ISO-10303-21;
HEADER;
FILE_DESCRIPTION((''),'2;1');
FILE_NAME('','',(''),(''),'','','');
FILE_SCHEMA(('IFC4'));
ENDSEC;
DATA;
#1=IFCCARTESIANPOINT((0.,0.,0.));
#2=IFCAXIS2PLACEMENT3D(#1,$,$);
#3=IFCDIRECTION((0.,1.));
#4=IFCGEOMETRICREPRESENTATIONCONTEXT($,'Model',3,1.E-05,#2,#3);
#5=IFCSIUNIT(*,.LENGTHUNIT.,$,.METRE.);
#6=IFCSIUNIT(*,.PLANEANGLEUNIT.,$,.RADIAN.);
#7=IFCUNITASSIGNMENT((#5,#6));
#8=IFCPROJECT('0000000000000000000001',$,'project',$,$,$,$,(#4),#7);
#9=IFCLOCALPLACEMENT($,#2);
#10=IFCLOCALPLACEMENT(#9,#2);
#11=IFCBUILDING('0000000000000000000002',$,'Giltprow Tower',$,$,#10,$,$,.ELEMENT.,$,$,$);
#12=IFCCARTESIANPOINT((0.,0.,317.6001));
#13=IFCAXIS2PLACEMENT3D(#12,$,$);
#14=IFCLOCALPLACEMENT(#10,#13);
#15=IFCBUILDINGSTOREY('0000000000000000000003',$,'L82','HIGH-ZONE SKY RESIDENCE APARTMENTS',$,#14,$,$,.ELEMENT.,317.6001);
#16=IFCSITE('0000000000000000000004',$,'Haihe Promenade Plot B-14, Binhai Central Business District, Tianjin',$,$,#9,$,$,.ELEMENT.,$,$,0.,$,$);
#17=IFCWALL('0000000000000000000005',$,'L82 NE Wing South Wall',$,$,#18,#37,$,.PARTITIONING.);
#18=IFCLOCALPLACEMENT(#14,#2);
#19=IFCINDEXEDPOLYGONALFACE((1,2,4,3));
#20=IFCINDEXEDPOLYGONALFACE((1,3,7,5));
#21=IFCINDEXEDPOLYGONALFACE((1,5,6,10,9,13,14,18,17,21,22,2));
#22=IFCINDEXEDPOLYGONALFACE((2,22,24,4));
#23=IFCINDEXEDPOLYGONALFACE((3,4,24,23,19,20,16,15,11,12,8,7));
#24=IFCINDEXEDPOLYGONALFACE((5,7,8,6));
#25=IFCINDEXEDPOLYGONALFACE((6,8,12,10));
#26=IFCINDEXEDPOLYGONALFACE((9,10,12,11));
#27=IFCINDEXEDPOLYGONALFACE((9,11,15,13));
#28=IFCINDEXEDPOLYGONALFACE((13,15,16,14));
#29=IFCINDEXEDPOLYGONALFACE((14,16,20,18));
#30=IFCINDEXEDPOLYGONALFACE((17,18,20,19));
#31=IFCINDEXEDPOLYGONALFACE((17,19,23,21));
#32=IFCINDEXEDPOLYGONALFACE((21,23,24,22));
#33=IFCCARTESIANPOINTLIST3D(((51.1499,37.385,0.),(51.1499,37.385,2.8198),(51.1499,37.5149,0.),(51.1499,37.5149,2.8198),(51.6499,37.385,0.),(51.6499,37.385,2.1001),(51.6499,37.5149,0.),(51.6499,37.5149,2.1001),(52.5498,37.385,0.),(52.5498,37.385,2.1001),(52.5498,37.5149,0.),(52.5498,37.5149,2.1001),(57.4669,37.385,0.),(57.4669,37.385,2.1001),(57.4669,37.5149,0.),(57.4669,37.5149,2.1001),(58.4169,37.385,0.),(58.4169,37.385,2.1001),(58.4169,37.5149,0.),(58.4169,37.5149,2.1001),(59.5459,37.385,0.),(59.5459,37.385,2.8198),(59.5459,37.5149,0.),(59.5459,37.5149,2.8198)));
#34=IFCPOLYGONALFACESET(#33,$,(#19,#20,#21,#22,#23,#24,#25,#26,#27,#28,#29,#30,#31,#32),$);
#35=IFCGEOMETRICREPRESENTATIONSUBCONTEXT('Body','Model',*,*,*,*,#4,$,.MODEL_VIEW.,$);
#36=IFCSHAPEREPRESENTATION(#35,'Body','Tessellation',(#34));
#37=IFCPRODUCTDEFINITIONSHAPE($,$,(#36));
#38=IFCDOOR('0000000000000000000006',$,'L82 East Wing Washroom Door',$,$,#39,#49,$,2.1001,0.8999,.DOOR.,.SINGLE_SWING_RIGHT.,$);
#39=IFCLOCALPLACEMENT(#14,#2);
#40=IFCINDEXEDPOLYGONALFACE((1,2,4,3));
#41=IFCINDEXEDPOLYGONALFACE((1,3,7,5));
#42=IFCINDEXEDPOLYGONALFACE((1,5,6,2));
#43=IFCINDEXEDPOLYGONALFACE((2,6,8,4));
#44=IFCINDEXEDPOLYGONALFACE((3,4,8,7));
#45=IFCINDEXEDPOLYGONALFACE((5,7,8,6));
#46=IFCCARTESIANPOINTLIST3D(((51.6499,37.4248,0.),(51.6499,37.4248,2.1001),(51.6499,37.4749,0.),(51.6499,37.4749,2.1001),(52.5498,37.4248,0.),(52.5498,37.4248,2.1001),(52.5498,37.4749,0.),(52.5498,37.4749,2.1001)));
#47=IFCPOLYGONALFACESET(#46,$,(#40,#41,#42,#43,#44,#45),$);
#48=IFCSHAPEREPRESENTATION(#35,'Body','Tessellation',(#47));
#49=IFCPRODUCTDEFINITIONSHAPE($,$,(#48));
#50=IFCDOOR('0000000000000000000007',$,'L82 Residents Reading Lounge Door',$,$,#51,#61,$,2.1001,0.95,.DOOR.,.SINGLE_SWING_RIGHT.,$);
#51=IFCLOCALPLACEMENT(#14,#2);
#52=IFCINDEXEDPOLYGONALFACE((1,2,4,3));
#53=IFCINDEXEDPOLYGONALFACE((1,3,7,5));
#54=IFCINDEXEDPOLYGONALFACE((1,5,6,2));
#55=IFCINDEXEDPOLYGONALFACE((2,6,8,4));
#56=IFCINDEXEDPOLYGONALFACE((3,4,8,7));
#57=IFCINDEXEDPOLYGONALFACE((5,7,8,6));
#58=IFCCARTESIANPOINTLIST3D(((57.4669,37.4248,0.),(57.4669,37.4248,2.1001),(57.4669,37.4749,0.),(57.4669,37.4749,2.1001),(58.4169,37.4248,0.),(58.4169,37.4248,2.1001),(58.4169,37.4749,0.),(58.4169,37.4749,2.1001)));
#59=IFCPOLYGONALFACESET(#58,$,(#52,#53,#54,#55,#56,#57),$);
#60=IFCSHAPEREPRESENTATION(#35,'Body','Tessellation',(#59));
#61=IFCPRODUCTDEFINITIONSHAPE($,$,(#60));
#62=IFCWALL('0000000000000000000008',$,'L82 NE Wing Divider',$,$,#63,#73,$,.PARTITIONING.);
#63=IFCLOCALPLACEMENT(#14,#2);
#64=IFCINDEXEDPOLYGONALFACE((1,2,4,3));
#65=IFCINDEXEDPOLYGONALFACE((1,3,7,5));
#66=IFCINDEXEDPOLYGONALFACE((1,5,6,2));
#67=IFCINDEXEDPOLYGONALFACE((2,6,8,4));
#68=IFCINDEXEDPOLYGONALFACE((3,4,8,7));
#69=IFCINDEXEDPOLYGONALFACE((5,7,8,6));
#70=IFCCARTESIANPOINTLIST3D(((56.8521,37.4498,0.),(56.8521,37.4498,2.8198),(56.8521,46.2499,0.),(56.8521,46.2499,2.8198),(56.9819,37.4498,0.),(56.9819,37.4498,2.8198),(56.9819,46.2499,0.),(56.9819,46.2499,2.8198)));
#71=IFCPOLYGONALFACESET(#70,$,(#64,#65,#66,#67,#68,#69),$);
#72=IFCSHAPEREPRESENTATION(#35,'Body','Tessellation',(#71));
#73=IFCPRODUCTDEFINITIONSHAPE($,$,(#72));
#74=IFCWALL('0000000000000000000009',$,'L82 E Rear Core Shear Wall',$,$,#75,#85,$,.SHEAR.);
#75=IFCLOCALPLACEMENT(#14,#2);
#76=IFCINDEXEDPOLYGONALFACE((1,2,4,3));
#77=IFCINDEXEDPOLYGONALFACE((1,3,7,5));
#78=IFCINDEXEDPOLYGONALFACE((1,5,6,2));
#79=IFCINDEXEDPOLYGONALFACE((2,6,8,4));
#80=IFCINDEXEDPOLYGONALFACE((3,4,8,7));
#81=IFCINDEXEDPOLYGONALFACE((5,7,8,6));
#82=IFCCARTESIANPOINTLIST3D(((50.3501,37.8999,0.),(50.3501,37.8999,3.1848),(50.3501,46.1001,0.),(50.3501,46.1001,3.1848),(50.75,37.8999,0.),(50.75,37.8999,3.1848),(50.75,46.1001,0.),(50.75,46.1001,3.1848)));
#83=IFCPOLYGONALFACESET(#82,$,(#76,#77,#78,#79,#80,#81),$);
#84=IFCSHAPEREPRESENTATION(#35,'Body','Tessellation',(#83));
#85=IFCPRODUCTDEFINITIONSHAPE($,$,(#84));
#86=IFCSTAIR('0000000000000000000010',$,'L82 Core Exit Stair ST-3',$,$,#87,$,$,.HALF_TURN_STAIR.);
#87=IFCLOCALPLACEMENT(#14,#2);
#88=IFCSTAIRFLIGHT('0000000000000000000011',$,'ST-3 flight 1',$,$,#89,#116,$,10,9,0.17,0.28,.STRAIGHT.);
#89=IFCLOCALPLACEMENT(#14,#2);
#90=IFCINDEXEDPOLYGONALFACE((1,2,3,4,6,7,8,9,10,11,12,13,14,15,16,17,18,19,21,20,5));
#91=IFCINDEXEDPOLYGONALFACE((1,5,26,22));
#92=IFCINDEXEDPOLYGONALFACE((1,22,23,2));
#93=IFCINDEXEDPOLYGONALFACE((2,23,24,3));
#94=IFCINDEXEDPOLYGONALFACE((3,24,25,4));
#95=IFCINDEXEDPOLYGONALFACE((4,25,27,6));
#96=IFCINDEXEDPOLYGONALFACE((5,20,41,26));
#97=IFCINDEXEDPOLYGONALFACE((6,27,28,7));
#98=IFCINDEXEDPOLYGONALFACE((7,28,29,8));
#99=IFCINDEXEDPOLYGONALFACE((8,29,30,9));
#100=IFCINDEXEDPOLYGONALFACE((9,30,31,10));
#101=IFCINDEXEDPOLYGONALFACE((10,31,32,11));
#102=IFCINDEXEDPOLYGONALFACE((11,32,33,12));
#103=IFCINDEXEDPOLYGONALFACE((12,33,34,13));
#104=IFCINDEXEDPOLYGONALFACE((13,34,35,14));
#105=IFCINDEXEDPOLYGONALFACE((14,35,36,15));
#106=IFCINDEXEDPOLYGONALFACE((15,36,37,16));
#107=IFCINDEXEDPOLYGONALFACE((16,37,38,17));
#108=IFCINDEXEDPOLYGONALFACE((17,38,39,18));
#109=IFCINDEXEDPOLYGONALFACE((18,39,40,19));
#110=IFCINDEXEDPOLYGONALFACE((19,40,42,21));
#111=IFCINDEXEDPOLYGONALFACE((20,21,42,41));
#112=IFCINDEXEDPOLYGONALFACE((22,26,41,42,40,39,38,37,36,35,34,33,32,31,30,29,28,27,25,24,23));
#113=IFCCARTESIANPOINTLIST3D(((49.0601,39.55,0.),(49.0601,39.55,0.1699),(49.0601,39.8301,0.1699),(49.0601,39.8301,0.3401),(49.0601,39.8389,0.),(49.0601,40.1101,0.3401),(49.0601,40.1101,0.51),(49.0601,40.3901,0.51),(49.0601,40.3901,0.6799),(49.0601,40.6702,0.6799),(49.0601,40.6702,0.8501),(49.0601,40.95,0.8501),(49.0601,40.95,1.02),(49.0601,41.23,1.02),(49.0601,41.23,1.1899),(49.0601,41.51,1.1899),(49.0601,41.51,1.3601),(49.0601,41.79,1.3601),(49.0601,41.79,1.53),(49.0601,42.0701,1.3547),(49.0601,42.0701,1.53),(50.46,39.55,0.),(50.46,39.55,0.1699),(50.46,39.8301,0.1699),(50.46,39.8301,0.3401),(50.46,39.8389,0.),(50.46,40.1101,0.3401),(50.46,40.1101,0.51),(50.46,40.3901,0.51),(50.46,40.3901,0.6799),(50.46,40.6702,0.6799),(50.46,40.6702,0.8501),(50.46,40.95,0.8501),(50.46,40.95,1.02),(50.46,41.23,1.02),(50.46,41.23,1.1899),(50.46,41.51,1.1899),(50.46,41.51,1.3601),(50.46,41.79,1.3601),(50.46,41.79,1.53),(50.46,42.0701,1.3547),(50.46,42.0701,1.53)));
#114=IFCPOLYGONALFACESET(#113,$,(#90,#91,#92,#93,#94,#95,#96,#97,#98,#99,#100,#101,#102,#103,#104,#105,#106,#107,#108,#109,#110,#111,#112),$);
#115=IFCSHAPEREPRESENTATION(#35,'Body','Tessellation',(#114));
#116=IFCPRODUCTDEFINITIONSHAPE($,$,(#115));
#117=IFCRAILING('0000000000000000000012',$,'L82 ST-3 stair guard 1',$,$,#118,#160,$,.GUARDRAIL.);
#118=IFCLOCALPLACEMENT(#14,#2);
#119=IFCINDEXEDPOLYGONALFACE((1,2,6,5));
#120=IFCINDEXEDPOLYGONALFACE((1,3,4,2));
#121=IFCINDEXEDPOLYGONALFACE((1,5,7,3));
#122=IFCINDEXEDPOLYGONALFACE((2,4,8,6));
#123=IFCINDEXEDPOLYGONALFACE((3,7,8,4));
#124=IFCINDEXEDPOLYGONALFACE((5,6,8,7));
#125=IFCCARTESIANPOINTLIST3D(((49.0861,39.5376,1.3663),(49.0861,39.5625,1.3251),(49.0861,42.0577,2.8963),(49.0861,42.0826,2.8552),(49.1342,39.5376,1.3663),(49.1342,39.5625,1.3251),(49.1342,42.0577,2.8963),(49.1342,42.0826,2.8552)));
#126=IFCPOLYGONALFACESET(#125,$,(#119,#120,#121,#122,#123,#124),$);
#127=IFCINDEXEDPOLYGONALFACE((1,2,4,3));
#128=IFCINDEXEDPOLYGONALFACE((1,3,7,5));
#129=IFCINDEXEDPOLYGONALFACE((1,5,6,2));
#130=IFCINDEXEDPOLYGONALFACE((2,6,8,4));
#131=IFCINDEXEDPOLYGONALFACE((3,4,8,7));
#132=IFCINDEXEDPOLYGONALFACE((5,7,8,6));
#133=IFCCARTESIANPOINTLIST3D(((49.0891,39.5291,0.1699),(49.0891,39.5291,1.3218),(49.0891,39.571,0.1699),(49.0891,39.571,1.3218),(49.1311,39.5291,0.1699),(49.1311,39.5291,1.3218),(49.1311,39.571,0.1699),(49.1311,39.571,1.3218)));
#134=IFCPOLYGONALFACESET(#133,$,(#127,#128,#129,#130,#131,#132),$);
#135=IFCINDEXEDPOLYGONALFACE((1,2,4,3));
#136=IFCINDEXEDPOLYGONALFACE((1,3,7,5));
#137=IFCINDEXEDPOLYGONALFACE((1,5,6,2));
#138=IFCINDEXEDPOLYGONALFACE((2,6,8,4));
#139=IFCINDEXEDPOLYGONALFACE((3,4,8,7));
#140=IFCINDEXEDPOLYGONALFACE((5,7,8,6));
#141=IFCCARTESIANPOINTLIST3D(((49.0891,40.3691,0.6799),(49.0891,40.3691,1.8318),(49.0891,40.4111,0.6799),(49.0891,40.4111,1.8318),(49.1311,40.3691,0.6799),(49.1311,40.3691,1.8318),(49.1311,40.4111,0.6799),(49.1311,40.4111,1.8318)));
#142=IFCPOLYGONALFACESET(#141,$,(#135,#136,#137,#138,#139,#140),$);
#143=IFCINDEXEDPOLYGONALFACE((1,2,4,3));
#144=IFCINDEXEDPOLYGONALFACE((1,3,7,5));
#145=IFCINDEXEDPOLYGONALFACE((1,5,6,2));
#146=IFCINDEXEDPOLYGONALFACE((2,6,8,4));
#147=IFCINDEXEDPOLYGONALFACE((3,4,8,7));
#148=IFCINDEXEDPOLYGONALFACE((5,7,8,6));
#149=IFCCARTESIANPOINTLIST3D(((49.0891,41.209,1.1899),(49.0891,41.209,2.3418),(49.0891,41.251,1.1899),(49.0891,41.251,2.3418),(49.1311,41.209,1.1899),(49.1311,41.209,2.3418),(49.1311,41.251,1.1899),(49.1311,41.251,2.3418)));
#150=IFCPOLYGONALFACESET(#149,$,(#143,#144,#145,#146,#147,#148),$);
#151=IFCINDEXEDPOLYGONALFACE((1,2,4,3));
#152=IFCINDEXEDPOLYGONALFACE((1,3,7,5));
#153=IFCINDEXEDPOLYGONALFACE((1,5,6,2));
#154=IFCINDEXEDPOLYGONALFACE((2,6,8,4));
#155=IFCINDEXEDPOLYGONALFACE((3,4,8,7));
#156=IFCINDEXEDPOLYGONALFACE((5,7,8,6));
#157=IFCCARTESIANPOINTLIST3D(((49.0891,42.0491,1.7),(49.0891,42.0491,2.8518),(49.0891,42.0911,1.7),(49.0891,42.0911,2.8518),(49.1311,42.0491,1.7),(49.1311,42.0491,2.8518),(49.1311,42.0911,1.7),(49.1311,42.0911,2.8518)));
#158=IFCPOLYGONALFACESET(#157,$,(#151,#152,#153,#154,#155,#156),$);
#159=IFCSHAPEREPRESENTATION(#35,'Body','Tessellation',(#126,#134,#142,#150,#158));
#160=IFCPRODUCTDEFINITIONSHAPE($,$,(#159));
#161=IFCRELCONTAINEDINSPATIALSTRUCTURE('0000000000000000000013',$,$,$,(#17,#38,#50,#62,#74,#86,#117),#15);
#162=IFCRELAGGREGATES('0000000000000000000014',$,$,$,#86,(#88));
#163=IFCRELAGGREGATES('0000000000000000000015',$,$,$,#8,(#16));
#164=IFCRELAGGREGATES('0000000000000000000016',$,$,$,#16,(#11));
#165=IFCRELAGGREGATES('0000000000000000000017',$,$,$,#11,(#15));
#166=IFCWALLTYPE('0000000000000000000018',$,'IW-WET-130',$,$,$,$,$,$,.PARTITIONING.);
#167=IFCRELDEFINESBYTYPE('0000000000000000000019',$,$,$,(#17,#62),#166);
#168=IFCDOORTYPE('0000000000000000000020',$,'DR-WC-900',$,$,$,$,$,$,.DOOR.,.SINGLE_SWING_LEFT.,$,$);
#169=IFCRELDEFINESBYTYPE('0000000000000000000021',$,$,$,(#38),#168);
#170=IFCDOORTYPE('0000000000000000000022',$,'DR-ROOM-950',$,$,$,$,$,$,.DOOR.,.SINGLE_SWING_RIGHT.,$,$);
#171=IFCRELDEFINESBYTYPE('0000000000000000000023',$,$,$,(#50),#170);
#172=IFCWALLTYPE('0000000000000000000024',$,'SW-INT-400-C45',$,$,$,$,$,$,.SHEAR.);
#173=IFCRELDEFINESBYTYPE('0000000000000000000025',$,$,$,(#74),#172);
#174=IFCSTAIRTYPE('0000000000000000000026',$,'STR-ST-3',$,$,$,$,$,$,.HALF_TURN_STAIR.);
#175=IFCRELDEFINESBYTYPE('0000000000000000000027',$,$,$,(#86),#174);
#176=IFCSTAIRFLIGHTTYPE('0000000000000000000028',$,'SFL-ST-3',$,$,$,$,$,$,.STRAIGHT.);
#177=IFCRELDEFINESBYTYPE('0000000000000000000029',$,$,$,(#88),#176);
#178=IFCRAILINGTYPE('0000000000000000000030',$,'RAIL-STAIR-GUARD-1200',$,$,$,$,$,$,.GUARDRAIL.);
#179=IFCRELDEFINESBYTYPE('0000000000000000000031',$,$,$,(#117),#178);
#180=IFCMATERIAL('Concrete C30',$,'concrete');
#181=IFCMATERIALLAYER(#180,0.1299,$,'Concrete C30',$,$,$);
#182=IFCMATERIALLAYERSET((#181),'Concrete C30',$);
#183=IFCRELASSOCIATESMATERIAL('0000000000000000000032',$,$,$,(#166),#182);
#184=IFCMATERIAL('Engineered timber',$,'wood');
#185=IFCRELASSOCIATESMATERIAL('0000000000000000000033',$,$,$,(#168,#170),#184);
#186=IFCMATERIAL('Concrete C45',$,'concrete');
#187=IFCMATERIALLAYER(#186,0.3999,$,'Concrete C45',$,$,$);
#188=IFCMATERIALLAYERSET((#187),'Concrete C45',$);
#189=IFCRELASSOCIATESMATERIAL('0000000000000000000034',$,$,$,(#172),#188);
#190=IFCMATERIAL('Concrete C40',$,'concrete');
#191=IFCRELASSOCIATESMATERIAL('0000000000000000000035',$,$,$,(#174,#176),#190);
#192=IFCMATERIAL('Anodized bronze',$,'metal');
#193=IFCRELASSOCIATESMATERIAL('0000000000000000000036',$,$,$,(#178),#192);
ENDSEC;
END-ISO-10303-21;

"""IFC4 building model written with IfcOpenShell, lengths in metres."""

from ifc_helpers import new_model, si_unit, direction, frame, frame_2d, origin, origin_2d, place, context, subcontext, project, spatial, polyline, rectangle, outline, extrude, source, transform, mapped, material, layer, layer_set, type_object, element, fill, aggregate, save


model = new_model("IFC4")

# Units and contexts
model_context = context("Model", 3, precision=1e-05, world=origin(), true_north=direction((0.0, 1.0)))
body_context = subcontext(model_context, "Body", "Model", "MODEL_VIEW")
ifc_project = project(units=[si_unit("LENGTHUNIT", "METRE"), si_unit("PLANEANGLEUNIT", "RADIAN")], contexts=[model_context])

# Site, building, storey
site_placement = place(None, origin())
site = spatial("IfcSite", under=ifc_project, at=site_placement, Name="Haihe Promenade Plot B-14, Binhai Central Business District, Tianjin", CompositionType="ELEMENT", RefElevation=0.0)
building_placement = place(site_placement, origin())
building = spatial("IfcBuilding", under=site, at=building_placement, Name="Giltprow Tower", CompositionType="ELEMENT")
storey_placement = place(building_placement, frame((0.0, 0.0, 317.6001)))
storey = spatial("IfcBuildingStorey", under=building, at=storey_placement, Name="L82", Description="HIGH-ZONE SKY RESIDENCE APARTMENTS", CompositionType="ELEMENT", Elevation=317.6001)

# Shared definitions
ifc_material_1 = material(Name="Concrete C45", Category="concrete")

# Wall, openings, doors
ifc_material_2 = material(Name="Concrete C30", Category="concrete")
ifc_layer_1 = layer(ifc_material_2, 0.1299, Name="Concrete C30")
ifc_layer_set_1 = layer_set([ifc_layer_1], Name="Concrete C30")
wall_type_1 = type_object("IfcWallType", Name="IW-WET-130", PredefinedType="PARTITIONING", material=ifc_layer_set_1)
wall_1_placement = place(storey_placement, frame((51.1499, 37.45, 0.0), z_axis=(0.0, 0.0, 1.0), x_axis=(1.0, 0.0, 0.0)))
wall_1 = element("IfcWall", 1, at=wall_1_placement, inside=storey, type_object=wall_type_1, Name="L82 NE Wing South Wall", PredefinedType="PARTITIONING", context=body_context, shape_type="SweptSolid", body=[
    extrude(rectangle(XDim=8.396, YDim=0.1299, at=frame_2d((4.198, 0.0))), origin(), (0.0, 0.0, 1.0), 2.8198),
])
opening_1_placement = place(wall_1_placement, frame((0.5, 0.0, 0.0)))
opening_1 = element("IfcOpeningElement", 2, at=opening_1_placement, cuts=wall_1, PredefinedType="OPENING", context=body_context, shape_type="SweptSolid", body=[
    extrude(rectangle(XDim=0.8999, YDim=2.1001, at=frame_2d((0.45, 1.05))), frame((0.0, 0.075, 0.0), z_axis=(0.0, -1.0, 0.0), x_axis=(1.0, 0.0, 0.0)), (0.0, 0.0, 1.0), 0.1499),
])
opening_2_placement = place(wall_1_placement, frame((6.3169, 0.0, 0.0)))
opening_2 = element("IfcOpeningElement", 3, at=opening_2_placement, cuts=wall_1, PredefinedType="OPENING", context=body_context, shape_type="SweptSolid", body=[
    extrude(rectangle(XDim=0.95, YDim=2.1001, at=frame_2d((0.4751, 1.05))), frame((0.0, 0.075, 0.0), z_axis=(0.0, -1.0, 0.0), x_axis=(1.0, 0.0, 0.0)), (0.0, 0.0, 1.0), 0.1499),
])
ifc_material_3 = material(Name="Engineered timber", Category="wood")
door_type_1 = type_object("IfcDoorType", Name="DR-WC-900", OperationType="SINGLE_SWING_LEFT", PredefinedType="DOOR", material=ifc_material_3)
shared_shape_1 = source(origin(), body_context, "Body", "SweptSolid", [
    extrude(rectangle(XDim=0.8999, YDim=2.1001, at=frame_2d((0.45, 1.05))), frame((0.0, 0.0249, 0.0), z_axis=(0.0, -1.0, 0.0), x_axis=(1.0, 0.0, 0.0)), (0.0, 0.0, 1.0), 0.05),
])
door_1_placement = place(opening_1_placement, origin())
door_1 = element("IfcDoor", 4, at=door_1_placement, inside=storey, type_object=door_type_1, Name="L82 East Wing Washroom Door", OperationType="SINGLE_SWING_RIGHT", OverallHeight=2.1001, OverallWidth=0.8999, PredefinedType="DOOR", context=body_context, shape_type="MappedRepresentation", body=[
    mapped(shared_shape_1, transform((0.0, 0.0, 0.0), x_axis=(1.0, 0.0, 0.0), y_axis=(0.0, 1.0, 0.0), z_axis=(0.0, 0.0, 1.0), scale=1.0)),
])
fill(opening_1, door_1)
door_type_2 = type_object("IfcDoorType", Name="DR-ROOM-950", OperationType="SINGLE_SWING_RIGHT", PredefinedType="DOOR", material=ifc_material_3)
shared_shape_2 = source(origin(), body_context, "Body", "SweptSolid", [
    extrude(rectangle(XDim=0.95, YDim=2.1001, at=frame_2d((0.4751, 1.05))), frame((0.0, 0.0249, 0.0), z_axis=(0.0, -1.0, 0.0), x_axis=(1.0, 0.0, 0.0)), (0.0, 0.0, 1.0), 0.05),
])
door_2_placement = place(opening_2_placement, origin())
door_2 = element("IfcDoor", 5, at=door_2_placement, inside=storey, type_object=door_type_2, Name="L82 Residents Reading Lounge Door", OperationType="SINGLE_SWING_RIGHT", OverallHeight=2.1001, OverallWidth=0.95, PredefinedType="DOOR", context=body_context, shape_type="MappedRepresentation", body=[
    mapped(shared_shape_2, transform((0.0, 0.0, 0.0), x_axis=(1.0, 0.0, 0.0), y_axis=(0.0, 1.0, 0.0), z_axis=(0.0, 0.0, 1.0), scale=1.0)),
])
fill(opening_2, door_2)

# Walls
wall_2_placement = place(storey_placement, frame((56.917, 37.45, 0.0), z_axis=(0.0, 0.0, 1.0), x_axis=(0.0, 1.0, 0.0)))
element("IfcWall", 6, at=wall_2_placement, inside=storey, type_object=wall_type_1, Name="L82 NE Wing Divider", PredefinedType="PARTITIONING", context=body_context, shape_type="SweptSolid", body=[
    extrude(rectangle(XDim=8.8, YDim=0.1299, at=frame_2d((4.3999, 0.0))), origin(), (0.0, 0.0, 1.0), 2.8198),
])
ifc_layer_2 = layer(ifc_material_1, 0.3999, Name="Concrete C45")
ifc_layer_set_2 = layer_set([ifc_layer_2], Name="Concrete C45")
wall_type_2 = type_object("IfcWallType", Name="SW-INT-400-C45", PredefinedType="SHEAR", material=ifc_layer_set_2)
wall_3_placement = place(storey_placement, frame((50.55, 37.8999, 0.0), z_axis=(0.0, 0.0, 1.0), x_axis=(0.0, 1.0, 0.0)))
element("IfcWall", 7, at=wall_3_placement, inside=storey, type_object=wall_type_2, Name="L82 E Rear Core Shear Wall", PredefinedType="SHEAR", context=body_context, shape_type="SweptSolid", body=[
    extrude(rectangle(XDim=8.2002, YDim=0.3999, at=frame_2d((4.1001, 0.0))), origin(), (0.0, 0.0, 1.0), 3.1848),
])

# Stair, stair flight
ifc_material_4 = material(Name="Concrete C40", Category="concrete")
stair_type = type_object("IfcStairType", Name="STR-ST-3", PredefinedType="HALF_TURN_STAIR", material=ifc_material_4)
stair_placement = place(storey_placement, origin())
stair = element("IfcStair", 8, at=stair_placement, inside=storey, type_object=stair_type, Name="L82 Core Exit Stair ST-3", PredefinedType="HALF_TURN_STAIR")
stair_flight_type = type_object("IfcStairFlightType", Name="SFL-ST-3", PredefinedType="STRAIGHT", material=ifc_material_4)
stair_flight_placement = place(storey_placement, frame((49.76, 39.55, 0.0), z_axis=(0.0, 0.0, 1.0), x_axis=(0.0, 1.0, 0.0)))
stair_flight = element("IfcStairFlight", 9, at=stair_flight_placement, type_object=stair_flight_type, Name="ST-3 flight 1", NumberOfRisers=10, NumberOfTreads=9, PredefinedType="STRAIGHT", RiserHeight=0.17, TreadLength=0.28, context=body_context, shape_type="SweptSolid", body=[
    extrude(outline(polyline([(0.0, 0.0), (0.0, 0.1699), (0.28, 0.1699), (0.28, 0.3401), (0.5601, 0.3401), (0.5601, 0.51), (0.8401, 0.51), (0.8401, 0.6799), (1.1201, 0.6799), (1.1201, 0.8501), (1.3999, 0.8501), (1.3999, 1.02), (1.6799, 1.02), (1.6799, 1.1899), (1.96, 1.1899), (1.96, 1.3601), (2.24, 1.3601), (2.24, 1.53), (2.52, 1.53), (2.52, 1.7), (2.52, 1.3547), (0.2888, 0.0), (0.0, 0.0)])), frame((0.0, 0.7, 0.0), z_axis=(0.0, -1.0, 0.0), x_axis=(1.0, 0.0, 0.0)), (0.0, 0.0, 1.0), 1.3999),
])
aggregate(stair, [stair_flight])

# Railing
ifc_material_5 = material(Name="Anodized bronze", Category="metal")
railing_type_1 = type_object("IfcRailingType", Name="RAIL-STAIR-GUARD-1200", PredefinedType="GUARDRAIL", material=ifc_material_5)
railing_1_placement = place(storey_placement, frame((49.1101, 39.55, 0.1699)))
element("IfcRailing", 10, at=railing_1_placement, inside=storey, type_object=railing_type_1, Name="L82 ST-3 stair guard 1", PredefinedType="GUARDRAIL", context=body_context, shape_type="SweptSolid", body=[
    extrude(rectangle(XDim=0.0481, YDim=0.0481, at=origin_2d()), frame((0.0, 0.0, 1.1758), z_axis=(0.0, 0.854785, 0.518982), x_axis=(-1.0, 0.0, 0.0)), (0.0, 0.0, 1.0), 2.9482),
    extrude(rectangle(XDim=0.042, YDim=0.042, at=origin_2d()), origin(), (0.0, 0.0, 1.0), 1.1519),
    extrude(rectangle(XDim=0.042, YDim=0.042, at=origin_2d()), frame((0.0, 0.8401, 0.51)), (0.0, 0.0, 1.0), 1.1519),
    extrude(rectangle(XDim=0.042, YDim=0.042, at=origin_2d()), frame((0.0, 1.6799, 1.02)), (0.0, 0.0, 1.0), 1.1519),
    extrude(rectangle(XDim=0.042, YDim=0.042, at=origin_2d()), frame((0.0, 2.52, 1.53)), (0.0, 0.0, 1.0), 1.1519),
])

save(model, "model.ifc")
